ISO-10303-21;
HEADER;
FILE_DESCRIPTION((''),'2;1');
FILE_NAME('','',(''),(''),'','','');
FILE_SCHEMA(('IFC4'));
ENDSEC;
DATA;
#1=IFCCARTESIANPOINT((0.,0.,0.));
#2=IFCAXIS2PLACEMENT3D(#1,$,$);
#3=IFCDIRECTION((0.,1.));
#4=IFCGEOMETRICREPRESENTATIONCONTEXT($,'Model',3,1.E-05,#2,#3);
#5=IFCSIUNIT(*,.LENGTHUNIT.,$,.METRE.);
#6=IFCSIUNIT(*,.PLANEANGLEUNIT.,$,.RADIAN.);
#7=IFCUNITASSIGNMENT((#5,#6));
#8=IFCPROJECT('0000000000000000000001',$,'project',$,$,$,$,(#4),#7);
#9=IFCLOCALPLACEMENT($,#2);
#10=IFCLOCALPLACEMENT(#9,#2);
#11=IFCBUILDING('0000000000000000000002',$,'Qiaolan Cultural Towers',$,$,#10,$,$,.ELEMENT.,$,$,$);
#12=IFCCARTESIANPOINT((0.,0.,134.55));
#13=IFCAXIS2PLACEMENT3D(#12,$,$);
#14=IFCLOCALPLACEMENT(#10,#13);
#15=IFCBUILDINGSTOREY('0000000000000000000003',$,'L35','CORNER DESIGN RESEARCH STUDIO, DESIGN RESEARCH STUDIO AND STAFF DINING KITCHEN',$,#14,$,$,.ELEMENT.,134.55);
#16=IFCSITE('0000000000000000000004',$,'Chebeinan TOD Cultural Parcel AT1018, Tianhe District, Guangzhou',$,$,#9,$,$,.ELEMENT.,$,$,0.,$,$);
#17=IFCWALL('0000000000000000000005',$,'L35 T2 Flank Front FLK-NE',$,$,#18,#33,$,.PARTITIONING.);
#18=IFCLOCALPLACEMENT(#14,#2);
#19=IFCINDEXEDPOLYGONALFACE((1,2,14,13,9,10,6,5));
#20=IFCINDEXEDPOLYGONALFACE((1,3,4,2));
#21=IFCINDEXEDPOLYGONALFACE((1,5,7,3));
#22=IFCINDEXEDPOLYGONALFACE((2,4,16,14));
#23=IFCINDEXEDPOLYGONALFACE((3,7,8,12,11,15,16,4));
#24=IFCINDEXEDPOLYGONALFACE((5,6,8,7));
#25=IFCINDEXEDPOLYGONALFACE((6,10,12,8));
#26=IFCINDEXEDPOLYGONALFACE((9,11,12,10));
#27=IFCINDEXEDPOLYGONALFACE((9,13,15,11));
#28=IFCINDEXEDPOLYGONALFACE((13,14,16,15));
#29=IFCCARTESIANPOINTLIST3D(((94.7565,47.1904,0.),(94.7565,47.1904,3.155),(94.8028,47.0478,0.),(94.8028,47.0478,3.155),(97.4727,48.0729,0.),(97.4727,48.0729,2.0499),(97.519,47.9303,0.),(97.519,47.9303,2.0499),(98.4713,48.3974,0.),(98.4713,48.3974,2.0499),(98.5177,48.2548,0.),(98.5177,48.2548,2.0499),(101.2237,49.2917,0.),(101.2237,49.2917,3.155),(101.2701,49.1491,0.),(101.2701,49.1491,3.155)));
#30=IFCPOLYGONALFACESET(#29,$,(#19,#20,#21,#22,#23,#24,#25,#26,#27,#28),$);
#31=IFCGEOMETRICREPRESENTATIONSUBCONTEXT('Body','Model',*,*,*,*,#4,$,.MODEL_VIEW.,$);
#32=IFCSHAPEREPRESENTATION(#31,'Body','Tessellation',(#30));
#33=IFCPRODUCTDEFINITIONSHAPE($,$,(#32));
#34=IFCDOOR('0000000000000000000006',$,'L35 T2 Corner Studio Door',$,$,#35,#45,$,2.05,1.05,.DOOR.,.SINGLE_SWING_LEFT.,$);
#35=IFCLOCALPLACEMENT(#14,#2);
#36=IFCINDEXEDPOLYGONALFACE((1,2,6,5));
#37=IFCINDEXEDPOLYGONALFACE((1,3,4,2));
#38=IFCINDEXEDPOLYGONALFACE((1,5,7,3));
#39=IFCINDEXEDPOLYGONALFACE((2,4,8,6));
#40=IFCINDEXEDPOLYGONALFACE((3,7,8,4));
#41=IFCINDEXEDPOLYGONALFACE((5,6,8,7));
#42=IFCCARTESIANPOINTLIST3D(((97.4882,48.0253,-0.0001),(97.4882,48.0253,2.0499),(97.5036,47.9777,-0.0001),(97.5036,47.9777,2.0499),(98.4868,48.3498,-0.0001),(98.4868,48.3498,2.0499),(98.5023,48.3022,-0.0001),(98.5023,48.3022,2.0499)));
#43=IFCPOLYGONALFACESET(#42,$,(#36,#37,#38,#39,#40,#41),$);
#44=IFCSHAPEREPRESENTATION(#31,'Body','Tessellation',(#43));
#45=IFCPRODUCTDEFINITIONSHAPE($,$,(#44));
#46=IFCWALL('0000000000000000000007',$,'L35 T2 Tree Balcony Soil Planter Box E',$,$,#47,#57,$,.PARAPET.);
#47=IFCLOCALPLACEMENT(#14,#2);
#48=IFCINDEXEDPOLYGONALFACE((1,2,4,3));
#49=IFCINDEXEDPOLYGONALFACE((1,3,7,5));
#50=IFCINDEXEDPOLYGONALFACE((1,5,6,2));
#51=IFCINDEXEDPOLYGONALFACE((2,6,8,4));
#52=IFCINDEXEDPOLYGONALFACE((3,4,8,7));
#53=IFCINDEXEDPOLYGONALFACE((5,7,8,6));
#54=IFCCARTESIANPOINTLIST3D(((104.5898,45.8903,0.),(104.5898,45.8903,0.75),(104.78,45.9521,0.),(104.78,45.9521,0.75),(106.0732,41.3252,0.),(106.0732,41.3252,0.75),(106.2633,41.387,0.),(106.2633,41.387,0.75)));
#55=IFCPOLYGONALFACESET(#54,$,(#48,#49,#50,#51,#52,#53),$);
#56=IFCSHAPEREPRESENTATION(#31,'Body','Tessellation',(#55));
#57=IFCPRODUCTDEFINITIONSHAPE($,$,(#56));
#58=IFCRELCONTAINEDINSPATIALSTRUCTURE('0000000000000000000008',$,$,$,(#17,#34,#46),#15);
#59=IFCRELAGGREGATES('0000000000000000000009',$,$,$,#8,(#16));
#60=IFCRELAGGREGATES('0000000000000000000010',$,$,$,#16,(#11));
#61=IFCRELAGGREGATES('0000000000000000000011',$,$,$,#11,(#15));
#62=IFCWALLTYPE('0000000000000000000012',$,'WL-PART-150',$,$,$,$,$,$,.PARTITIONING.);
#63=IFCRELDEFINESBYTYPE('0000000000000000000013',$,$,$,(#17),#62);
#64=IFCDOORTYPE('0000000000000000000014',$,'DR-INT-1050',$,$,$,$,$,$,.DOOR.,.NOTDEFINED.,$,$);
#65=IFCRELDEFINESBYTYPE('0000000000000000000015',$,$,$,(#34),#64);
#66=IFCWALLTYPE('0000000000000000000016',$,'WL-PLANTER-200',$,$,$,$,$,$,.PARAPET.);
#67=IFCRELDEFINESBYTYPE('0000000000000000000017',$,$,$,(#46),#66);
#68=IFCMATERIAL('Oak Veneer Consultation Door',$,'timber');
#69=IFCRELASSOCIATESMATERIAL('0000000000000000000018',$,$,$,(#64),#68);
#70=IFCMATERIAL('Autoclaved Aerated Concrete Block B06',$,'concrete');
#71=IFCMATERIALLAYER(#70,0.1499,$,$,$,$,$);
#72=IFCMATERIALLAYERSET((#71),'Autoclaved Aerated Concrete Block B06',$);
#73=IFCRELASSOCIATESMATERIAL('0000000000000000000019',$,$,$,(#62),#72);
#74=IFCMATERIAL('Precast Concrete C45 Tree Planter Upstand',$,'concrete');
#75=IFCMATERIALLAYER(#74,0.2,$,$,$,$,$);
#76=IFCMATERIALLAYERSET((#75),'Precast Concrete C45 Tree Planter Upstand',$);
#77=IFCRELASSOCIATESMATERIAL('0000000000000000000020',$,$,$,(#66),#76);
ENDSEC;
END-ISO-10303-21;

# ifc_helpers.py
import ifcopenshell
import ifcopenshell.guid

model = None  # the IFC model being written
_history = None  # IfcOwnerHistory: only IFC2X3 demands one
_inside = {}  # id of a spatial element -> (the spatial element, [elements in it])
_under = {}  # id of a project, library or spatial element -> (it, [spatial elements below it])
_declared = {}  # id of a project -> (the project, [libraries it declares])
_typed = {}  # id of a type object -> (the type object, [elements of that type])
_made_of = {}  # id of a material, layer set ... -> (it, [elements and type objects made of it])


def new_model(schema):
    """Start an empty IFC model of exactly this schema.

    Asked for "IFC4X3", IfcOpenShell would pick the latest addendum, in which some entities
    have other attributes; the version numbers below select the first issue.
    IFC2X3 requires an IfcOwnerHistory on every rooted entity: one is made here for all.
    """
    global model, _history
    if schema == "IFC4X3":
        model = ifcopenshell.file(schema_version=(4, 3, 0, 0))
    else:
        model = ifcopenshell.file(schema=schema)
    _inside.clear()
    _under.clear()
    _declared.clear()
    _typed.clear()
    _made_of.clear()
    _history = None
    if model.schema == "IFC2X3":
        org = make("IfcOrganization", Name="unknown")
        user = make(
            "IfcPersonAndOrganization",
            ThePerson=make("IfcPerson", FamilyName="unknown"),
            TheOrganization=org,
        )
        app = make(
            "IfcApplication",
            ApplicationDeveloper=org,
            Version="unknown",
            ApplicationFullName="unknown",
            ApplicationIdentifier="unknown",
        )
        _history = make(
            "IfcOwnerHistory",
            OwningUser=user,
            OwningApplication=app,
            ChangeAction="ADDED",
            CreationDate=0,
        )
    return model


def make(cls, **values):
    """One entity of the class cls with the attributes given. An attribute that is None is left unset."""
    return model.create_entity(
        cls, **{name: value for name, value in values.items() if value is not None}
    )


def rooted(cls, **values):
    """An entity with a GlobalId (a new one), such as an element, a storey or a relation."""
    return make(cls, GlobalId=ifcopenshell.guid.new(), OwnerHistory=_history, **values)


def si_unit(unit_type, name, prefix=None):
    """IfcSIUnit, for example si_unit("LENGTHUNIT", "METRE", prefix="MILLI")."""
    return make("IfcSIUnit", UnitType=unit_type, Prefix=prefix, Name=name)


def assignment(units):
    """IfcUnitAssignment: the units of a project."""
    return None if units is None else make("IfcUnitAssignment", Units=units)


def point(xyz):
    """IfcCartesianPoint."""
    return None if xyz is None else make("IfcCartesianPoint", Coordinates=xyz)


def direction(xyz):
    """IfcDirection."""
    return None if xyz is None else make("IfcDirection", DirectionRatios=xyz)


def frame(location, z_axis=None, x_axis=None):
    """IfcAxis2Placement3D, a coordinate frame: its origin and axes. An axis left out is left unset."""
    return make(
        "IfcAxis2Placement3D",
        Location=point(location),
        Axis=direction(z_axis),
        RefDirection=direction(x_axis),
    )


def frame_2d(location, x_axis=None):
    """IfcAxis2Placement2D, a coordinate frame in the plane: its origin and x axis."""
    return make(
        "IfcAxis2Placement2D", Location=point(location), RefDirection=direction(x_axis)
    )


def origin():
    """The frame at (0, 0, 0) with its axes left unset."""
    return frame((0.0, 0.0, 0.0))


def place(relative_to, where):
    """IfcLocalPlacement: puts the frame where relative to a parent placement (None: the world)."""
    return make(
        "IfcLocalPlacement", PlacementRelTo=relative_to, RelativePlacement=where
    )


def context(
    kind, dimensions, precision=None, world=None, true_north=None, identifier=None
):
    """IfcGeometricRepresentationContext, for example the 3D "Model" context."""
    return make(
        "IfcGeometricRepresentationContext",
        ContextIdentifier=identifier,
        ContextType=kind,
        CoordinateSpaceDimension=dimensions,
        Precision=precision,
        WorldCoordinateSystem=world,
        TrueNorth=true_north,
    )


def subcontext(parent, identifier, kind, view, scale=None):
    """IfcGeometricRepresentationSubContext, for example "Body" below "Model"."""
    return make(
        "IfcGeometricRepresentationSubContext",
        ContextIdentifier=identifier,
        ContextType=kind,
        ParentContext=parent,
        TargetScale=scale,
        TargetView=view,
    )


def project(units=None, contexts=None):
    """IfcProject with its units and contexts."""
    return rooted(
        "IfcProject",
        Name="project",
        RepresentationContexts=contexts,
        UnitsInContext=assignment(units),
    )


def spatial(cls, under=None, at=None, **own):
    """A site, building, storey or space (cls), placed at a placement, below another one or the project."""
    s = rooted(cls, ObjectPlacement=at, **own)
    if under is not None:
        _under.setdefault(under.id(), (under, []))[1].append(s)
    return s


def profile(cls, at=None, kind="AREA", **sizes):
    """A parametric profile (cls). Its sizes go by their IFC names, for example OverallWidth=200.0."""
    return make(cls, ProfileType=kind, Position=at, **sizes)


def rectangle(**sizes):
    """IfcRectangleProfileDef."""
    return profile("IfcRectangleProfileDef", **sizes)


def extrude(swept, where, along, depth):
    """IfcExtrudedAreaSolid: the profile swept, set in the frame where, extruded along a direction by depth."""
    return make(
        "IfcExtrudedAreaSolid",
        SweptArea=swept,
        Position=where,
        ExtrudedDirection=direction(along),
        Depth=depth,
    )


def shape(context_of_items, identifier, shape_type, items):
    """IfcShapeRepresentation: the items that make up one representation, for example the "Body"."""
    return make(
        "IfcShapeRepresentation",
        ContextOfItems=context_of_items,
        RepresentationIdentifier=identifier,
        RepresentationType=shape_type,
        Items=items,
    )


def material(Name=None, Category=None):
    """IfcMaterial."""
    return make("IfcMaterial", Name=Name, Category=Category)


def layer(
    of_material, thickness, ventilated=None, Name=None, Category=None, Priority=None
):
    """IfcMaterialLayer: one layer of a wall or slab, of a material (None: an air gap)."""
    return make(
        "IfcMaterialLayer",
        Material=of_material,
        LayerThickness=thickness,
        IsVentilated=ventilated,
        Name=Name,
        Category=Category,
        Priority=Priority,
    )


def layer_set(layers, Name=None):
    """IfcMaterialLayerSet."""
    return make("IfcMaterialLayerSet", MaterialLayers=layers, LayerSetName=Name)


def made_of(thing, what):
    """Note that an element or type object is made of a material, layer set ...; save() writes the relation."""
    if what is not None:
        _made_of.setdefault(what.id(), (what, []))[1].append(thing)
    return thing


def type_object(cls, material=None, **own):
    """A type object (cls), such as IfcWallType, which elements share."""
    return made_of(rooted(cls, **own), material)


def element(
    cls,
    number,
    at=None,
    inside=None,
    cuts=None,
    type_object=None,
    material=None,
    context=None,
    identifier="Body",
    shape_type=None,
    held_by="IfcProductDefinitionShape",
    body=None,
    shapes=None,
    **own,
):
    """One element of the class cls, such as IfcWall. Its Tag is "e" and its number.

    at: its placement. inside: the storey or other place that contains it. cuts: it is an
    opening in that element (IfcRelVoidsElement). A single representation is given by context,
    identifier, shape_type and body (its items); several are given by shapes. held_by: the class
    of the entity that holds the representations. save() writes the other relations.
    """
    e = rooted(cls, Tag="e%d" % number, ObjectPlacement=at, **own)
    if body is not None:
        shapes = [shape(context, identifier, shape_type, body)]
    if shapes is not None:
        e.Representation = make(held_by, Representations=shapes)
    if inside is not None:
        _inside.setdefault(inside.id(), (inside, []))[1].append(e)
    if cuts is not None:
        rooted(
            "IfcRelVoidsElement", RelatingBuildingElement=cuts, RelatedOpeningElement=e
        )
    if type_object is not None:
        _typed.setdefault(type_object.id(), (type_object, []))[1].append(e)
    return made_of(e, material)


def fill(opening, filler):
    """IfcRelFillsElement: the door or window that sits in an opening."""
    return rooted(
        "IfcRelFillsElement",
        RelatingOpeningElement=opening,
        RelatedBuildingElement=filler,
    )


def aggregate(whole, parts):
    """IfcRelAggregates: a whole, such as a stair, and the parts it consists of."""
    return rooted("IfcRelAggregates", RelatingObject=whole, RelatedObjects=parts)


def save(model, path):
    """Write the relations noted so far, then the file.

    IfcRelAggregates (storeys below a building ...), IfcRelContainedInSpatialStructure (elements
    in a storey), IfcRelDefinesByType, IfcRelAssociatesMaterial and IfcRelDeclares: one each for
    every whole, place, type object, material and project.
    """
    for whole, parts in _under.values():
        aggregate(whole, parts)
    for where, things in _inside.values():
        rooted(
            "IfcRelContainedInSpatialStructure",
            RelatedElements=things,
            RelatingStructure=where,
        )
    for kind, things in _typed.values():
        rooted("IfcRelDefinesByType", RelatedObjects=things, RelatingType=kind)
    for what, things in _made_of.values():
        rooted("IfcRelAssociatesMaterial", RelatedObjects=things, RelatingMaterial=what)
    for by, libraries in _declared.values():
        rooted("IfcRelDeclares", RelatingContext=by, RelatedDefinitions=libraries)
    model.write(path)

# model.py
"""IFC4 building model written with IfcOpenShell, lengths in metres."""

from ifc_helpers import new_model, si_unit, direction, frame, frame_2d, origin, place, context, subcontext, project, spatial, rectangle, extrude, material, layer, layer_set, type_object, element, fill, save


model = new_model("IFC4")

# Units and contexts
model_context = context("Model", 3, precision=1e-05, world=origin(), true_north=direction((0.0, 1.0)))
body_context = subcontext(model_context, "Body", "Model", "MODEL_VIEW")
ifc_project = project(units=[si_unit("LENGTHUNIT", "METRE"), si_unit("PLANEANGLEUNIT", "RADIAN")], contexts=[model_context])

# Site, building, storey
site_placement = place(None, origin())
site = spatial("IfcSite", under=ifc_project, at=site_placement, Name="Chebeinan TOD Cultural Parcel AT1018, Tianhe District, Guangzhou", CompositionType="ELEMENT", RefElevation=0.0)
building_placement = place(site_placement, origin())
building = spatial("IfcBuilding", under=site, at=building_placement, Name="Qiaolan Cultural Towers", CompositionType="ELEMENT")
storey_placement = place(building_placement, frame((0.0, 0.0, 134.55)))
storey = spatial("IfcBuildingStorey", under=building, at=storey_placement, Name="L35", Description="CORNER DESIGN RESEARCH STUDIO, DESIGN RESEARCH STUDIO AND STAFF DINING KITCHEN", CompositionType="ELEMENT", Elevation=134.55)

# Shared definitions
ifc_material_1 = material(Name="Oak Veneer Consultation Door", Category="timber")
door_type_1 = type_object("IfcDoorType", Name="DR-INT-1050", OperationType="NOTDEFINED", PredefinedType="DOOR", material=ifc_material_1)

# Wall, opening, door
ifc_material_2 = material(Name="Autoclaved Aerated Concrete Block B06", Category="concrete")
ifc_layer_1 = layer(ifc_material_2, 0.1499)
ifc_layer_set_1 = layer_set([ifc_layer_1], Name="Autoclaved Aerated Concrete Block B06")
wall_type_1 = type_object("IfcWallType", Name="WL-PART-150", PredefinedType="PARTITIONING", material=ifc_layer_set_1)
wall_1_placement = place(storey_placement, frame((94.7798, 47.1191, 0.0), z_axis=(0.0, 0.0, 1.0), x_axis=(0.951058, 0.309013, 0.0)))
wall_1 = element("IfcWall", 1, at=wall_1_placement, inside=storey, type_object=wall_type_1, Name="L35 T2 Flank Front FLK-NE", PredefinedType="PARTITIONING", context=body_context, shape_type="SweptSolid", body=[
    extrude(rectangle(XDim=6.8, YDim=0.1499, at=frame_2d((3.3999, 0.0))), origin(), (0.0, 0.0, 1.0), 3.155),
])
opening_1_placement = place(wall_1_placement, frame((2.856, 0.0, 0.0)))
opening_1 = element("IfcOpeningElement", 2, at=opening_1_placement, cuts=wall_1, PredefinedType="OPENING", context=body_context, shape_type="SweptSolid", body=[
    extrude(rectangle(XDim=1.05, YDim=2.05, at=frame_2d((0.5249, 1.0249))), frame((0.0, 0.085, 0.0), z_axis=(0.0, -1.0, 0.0), x_axis=(1.0, 0.0, 0.0)), (0.0, 0.0, 1.0), 0.1699),
])
door_1_placement = place(opening_1_placement, origin())
door_1 = element("IfcDoor", 3, at=door_1_placement, inside=storey, type_object=door_type_1, Name="L35 T2 Corner Studio Door", OperationType="SINGLE_SWING_LEFT", OverallHeight=2.05, OverallWidth=1.05, PredefinedType="DOOR", context=body_context, shape_type="SweptSolid", body=[
    extrude(rectangle(XDim=1.05, YDim=2.05, at=frame_2d((0.5249, 1.0249))), frame((0.0, 0.0249, 0.0), z_axis=(0.0, -1.0, 0.0), x_axis=(1.0, 0.0, 0.0)), (0.0, 0.0, 1.0), 0.05),
])
fill(opening_1, door_1)

# Wall
ifc_material_3 = material(Name="Precast Concrete C45 Tree Planter Upstand", Category="concrete")
ifc_layer_2 = layer(ifc_material_3, 0.2)
ifc_layer_set_2 = layer_set([ifc_layer_2], Name="Precast Concrete C45 Tree Planter Upstand")
wall_type_2 = type_object("IfcWallType", Name="WL-PLANTER-200", PredefinedType="PARAPET", material=ifc_layer_set_2)
wall_2_placement = place(storey_placement, frame((106.1682, 41.3562, 0.0), z_axis=(0.0, 0.0, 1.0), x_axis=(-0.309032, 0.951052, 0.0)))
element("IfcWall", 4, at=wall_2_placement, inside=storey, type_object=wall_type_2, Name="L35 T2 Tree Balcony Soil Planter Box E", PredefinedType="PARAPET", context=body_context, shape_type="SweptSolid", body=[
    extrude(rectangle(XDim=4.8, YDim=0.2, at=frame_2d((2.3999, 0.0))), origin(), (0.0, 0.0, 1.0), 0.75),
])

save(model, "model.ifc")
